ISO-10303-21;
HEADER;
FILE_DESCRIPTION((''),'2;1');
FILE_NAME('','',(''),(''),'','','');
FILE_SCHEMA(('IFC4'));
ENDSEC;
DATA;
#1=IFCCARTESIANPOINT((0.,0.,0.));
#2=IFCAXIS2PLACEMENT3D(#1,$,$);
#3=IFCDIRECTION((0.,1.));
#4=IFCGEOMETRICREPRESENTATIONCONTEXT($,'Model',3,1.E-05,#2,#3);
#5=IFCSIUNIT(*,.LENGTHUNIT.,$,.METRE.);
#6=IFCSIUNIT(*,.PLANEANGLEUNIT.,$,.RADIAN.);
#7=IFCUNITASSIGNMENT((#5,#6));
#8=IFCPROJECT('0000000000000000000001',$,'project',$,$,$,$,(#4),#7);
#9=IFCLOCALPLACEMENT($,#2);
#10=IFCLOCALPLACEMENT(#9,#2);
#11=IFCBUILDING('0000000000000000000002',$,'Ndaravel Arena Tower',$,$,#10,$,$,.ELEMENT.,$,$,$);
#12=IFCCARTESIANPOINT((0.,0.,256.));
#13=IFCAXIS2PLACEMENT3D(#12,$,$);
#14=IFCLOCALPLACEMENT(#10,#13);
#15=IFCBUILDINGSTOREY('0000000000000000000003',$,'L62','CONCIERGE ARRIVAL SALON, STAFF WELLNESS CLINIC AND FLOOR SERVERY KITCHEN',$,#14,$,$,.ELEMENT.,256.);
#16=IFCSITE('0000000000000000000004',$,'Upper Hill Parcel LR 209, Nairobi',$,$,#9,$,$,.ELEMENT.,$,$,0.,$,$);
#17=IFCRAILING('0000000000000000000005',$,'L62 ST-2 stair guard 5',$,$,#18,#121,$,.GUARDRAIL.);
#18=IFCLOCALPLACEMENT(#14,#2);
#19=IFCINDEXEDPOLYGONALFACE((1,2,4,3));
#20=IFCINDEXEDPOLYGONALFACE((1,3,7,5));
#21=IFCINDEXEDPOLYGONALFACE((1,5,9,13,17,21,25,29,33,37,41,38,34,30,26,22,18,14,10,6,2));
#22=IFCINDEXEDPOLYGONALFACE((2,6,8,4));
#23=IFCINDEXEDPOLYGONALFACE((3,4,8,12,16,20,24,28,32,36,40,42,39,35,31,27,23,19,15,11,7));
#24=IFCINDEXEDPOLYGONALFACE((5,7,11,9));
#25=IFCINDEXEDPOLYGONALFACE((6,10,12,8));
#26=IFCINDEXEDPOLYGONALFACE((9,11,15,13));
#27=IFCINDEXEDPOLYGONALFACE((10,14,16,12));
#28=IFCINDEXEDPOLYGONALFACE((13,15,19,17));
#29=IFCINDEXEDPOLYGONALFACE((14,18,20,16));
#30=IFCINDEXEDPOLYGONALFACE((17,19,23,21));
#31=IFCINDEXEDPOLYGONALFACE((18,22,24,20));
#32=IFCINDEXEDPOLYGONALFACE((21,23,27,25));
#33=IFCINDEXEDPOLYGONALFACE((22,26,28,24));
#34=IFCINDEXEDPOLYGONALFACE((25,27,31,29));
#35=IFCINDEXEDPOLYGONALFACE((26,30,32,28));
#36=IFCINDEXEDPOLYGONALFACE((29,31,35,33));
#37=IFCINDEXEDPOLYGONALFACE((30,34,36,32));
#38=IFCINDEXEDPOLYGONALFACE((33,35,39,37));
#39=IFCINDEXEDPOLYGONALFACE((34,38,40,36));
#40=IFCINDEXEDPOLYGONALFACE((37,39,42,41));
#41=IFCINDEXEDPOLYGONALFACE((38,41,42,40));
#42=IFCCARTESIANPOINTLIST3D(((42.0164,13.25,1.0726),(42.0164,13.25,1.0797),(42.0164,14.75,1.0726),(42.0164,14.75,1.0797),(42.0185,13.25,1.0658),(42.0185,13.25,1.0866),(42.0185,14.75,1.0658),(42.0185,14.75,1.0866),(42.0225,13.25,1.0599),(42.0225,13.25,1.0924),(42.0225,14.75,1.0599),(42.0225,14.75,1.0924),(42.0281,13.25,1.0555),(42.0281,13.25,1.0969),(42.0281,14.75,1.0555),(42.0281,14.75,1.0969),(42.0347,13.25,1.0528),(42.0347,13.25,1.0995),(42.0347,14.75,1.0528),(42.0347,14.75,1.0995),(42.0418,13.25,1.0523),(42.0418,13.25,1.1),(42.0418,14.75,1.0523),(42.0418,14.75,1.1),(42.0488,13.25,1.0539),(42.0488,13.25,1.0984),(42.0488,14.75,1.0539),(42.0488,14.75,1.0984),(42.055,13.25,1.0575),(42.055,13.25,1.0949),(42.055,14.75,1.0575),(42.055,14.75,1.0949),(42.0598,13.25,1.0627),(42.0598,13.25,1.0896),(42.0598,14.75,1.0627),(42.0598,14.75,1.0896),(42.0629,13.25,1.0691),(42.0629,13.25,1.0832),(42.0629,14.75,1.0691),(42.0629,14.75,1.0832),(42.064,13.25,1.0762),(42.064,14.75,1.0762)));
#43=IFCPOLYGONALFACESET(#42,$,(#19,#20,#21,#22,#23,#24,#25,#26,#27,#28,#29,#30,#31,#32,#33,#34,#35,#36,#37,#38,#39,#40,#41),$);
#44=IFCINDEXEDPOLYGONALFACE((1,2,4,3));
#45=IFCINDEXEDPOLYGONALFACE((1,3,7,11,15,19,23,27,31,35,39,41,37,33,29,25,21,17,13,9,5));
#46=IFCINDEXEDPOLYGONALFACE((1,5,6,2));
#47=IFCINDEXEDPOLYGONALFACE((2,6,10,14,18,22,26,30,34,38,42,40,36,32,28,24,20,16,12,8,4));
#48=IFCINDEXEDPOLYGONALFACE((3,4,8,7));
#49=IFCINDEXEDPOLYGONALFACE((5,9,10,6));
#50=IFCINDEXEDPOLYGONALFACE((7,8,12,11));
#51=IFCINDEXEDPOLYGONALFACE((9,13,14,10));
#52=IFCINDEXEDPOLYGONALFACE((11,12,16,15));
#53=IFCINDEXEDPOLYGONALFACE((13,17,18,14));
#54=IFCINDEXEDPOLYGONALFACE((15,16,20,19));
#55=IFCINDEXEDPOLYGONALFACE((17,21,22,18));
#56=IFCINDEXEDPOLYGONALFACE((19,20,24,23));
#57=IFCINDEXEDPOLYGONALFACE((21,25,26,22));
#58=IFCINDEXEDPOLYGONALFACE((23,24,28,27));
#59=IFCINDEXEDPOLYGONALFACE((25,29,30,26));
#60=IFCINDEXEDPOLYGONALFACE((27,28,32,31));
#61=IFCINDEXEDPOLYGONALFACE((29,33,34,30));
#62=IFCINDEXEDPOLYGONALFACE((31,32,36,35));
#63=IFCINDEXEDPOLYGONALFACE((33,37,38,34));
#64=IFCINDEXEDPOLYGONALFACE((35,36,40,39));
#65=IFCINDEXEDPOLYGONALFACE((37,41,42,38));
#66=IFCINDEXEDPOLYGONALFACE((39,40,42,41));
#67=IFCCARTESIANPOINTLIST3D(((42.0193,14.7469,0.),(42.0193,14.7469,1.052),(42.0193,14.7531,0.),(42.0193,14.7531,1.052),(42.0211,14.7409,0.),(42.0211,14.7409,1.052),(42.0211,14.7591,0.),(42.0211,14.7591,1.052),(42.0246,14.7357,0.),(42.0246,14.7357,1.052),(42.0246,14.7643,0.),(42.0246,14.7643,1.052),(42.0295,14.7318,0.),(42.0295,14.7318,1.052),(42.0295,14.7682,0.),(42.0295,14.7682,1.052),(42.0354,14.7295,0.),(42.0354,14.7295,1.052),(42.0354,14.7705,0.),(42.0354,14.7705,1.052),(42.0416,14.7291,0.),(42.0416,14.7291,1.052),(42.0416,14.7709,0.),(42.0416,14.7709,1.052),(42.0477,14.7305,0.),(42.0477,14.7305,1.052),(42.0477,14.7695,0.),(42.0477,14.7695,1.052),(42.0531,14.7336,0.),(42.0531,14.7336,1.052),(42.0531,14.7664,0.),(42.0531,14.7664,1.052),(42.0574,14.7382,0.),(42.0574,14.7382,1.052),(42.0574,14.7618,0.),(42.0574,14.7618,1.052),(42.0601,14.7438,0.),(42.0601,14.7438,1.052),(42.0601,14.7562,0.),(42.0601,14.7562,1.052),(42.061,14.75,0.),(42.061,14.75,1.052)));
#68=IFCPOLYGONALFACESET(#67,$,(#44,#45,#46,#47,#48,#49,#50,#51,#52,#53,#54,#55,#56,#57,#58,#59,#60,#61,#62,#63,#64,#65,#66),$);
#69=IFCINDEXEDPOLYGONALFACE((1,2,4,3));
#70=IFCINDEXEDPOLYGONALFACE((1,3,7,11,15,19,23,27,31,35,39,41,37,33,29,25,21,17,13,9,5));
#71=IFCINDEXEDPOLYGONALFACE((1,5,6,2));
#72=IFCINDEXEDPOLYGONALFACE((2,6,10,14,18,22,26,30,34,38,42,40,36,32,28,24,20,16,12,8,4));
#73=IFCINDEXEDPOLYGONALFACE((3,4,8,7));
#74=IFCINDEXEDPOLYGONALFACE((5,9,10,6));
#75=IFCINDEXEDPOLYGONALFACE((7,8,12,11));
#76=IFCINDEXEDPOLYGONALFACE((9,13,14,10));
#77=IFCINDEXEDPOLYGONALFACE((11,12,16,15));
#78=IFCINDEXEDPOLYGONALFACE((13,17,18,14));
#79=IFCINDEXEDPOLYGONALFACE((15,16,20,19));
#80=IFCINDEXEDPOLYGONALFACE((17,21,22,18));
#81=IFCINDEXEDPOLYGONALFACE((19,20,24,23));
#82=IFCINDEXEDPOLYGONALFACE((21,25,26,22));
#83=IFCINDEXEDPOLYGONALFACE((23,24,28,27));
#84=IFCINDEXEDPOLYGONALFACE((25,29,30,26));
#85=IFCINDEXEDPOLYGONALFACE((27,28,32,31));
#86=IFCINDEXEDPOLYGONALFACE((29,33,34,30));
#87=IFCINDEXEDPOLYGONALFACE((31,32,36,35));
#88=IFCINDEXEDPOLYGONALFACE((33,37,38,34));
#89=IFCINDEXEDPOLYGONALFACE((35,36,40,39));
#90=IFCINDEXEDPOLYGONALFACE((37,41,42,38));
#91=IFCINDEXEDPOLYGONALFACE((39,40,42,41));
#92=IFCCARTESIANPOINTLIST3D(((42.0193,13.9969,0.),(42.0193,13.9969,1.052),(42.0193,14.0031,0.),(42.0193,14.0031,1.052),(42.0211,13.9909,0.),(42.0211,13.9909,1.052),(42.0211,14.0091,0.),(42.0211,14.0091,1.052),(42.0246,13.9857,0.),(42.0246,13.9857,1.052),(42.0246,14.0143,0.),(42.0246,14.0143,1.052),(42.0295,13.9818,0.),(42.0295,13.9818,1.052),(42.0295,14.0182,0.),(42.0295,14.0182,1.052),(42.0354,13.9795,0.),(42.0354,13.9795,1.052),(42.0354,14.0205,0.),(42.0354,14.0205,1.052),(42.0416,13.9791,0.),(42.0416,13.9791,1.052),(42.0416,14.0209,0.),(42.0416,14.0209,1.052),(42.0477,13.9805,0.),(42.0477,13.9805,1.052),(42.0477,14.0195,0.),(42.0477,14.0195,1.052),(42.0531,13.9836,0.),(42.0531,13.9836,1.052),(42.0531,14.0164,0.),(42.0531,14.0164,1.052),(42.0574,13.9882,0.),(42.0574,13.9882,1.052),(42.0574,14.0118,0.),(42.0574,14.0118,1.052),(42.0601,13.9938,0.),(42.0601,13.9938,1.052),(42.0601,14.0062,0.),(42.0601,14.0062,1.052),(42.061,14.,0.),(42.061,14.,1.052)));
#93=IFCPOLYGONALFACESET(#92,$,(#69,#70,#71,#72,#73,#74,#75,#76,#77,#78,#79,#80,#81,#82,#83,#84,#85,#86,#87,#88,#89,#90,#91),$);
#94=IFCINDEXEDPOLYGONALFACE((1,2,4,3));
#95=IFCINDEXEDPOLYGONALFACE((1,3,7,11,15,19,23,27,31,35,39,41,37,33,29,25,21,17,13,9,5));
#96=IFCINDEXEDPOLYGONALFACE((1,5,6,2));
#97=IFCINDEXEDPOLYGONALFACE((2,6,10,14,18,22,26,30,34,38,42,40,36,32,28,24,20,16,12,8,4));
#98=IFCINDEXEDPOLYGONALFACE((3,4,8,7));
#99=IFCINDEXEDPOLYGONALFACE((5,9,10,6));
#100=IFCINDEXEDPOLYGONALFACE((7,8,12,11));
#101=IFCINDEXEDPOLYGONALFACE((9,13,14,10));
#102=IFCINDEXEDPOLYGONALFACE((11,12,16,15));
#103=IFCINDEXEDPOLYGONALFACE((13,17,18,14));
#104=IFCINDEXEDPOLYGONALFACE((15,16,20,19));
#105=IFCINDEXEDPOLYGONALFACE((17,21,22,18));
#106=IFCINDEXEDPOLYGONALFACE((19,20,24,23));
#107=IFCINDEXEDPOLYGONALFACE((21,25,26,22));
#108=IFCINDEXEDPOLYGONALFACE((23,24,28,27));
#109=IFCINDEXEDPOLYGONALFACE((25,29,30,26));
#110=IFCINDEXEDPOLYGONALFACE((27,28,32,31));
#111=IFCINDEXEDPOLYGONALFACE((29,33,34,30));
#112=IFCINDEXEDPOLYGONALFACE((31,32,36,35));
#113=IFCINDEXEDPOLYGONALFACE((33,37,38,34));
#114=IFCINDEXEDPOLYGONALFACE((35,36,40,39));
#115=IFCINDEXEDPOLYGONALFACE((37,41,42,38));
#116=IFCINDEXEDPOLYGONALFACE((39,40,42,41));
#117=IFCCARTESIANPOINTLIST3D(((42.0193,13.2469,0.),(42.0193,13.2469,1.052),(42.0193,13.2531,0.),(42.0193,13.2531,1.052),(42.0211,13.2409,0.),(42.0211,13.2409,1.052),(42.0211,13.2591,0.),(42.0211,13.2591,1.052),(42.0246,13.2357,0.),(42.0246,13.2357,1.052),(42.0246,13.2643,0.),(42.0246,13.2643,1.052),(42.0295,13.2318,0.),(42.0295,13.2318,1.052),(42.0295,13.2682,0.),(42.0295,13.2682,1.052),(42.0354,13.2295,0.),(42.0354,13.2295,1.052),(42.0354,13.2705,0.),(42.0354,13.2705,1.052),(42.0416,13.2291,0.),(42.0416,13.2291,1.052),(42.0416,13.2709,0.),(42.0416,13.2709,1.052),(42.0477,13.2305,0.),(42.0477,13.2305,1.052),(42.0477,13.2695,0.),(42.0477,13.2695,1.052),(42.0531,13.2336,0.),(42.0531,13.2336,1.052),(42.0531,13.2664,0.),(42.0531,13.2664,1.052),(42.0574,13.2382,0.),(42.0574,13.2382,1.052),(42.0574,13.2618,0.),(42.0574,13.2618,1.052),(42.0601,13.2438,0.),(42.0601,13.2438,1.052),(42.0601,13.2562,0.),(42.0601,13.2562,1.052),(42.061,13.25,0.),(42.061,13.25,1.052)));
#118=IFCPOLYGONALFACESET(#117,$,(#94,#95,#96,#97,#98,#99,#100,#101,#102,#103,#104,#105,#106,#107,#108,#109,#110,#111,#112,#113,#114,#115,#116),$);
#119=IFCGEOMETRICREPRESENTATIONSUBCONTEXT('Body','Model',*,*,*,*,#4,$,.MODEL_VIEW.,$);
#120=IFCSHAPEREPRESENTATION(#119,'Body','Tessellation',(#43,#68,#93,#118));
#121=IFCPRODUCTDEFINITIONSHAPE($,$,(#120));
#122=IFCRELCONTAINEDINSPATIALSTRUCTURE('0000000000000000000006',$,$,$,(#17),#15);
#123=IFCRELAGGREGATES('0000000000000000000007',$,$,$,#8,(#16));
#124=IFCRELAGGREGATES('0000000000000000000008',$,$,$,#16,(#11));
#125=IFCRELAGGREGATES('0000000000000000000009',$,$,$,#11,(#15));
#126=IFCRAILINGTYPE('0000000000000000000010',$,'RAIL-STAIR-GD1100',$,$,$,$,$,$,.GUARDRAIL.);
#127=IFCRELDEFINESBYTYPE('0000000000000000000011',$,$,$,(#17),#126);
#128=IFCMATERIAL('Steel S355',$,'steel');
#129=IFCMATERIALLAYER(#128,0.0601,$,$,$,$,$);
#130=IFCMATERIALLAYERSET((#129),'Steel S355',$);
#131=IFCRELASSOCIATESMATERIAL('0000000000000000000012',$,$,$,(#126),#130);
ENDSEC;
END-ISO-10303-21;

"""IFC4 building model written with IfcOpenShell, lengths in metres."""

from ifc_helpers import new_model, si_unit, direction, frame, origin, origin_2d, place, context, subcontext, project, spatial, circle, extrude, material, layer, layer_set, type_object, element, save


model = new_model("IFC4")

# Units and contexts
model_context = context("Model", 3, precision=1e-05, world=origin(), true_north=direction((0.0, 1.0)))
body_context = subcontext(model_context, "Body", "Model", "MODEL_VIEW")
ifc_project = project(units=[si_unit("LENGTHUNIT", "METRE"), si_unit("PLANEANGLEUNIT", "RADIAN")], contexts=[model_context])

# Site, building, storey
site_placement = place(None, origin())
site = spatial("IfcSite", under=ifc_project, at=site_placement, Name="Upper Hill Parcel LR 209, Nairobi", CompositionType="ELEMENT", RefElevation=0.0)
building_placement = place(site_placement, origin())
building = spatial("IfcBuilding", under=site, at=building_placement, Name="Ndaravel Arena Tower", CompositionType="ELEMENT")
storey_placement = place(building_placement, frame((0.0, 0.0, 256.0)))
storey = spatial("IfcBuildingStorey", under=building, at=storey_placement, Name="L62", Description="CONCIERGE ARRIVAL SALON, STAFF WELLNESS CLINIC AND FLOOR SERVERY KITCHEN", CompositionType="ELEMENT", Elevation=256.0)

# Railing
ifc_material_1 = material(Name="Steel S355", Category="steel")
ifc_layer_1 = layer(ifc_material_1, 0.0601)
ifc_layer_set_1 = layer_set([ifc_layer_1], Name="Steel S355")
railing_type = type_object("IfcRailingType", Name="RAIL-STAIR-GD1100", PredefinedType="GUARDRAIL", material=ifc_layer_set_1)
railing_1_placement = place(storey_placement, frame((42.04, 14.75, 0.0)))
element("IfcRailing", 1, at=railing_1_placement, inside=storey, type_object=railing_type, Name="L62 ST-2 stair guard 5", PredefinedType="GUARDRAIL", context=body_context, shape_type="SweptSolid", body=[
    extrude(circle(Radius=0.0239, at=origin_2d()), frame((0.0, 0.0, 1.0762), z_axis=(0.0, -1.0, 0.0), x_axis=(1.0, 0.0, 0.0)), (0.0, 0.0, 1.0), 1.5),
    extrude(circle(Radius=0.021, at=origin_2d()), origin(), (0.0, 0.0, 1.0), 1.052),
    extrude(circle(Radius=0.021, at=origin_2d()), frame((0.0, -0.75, 0.0)), (0.0, 0.0, 1.0), 1.052),
    extrude(circle(Radius=0.021, at=origin_2d()), frame((0.0, -1.5, 0.0)), (0.0, 0.0, 1.0), 1.052),
])

save(model, "model.ifc")
